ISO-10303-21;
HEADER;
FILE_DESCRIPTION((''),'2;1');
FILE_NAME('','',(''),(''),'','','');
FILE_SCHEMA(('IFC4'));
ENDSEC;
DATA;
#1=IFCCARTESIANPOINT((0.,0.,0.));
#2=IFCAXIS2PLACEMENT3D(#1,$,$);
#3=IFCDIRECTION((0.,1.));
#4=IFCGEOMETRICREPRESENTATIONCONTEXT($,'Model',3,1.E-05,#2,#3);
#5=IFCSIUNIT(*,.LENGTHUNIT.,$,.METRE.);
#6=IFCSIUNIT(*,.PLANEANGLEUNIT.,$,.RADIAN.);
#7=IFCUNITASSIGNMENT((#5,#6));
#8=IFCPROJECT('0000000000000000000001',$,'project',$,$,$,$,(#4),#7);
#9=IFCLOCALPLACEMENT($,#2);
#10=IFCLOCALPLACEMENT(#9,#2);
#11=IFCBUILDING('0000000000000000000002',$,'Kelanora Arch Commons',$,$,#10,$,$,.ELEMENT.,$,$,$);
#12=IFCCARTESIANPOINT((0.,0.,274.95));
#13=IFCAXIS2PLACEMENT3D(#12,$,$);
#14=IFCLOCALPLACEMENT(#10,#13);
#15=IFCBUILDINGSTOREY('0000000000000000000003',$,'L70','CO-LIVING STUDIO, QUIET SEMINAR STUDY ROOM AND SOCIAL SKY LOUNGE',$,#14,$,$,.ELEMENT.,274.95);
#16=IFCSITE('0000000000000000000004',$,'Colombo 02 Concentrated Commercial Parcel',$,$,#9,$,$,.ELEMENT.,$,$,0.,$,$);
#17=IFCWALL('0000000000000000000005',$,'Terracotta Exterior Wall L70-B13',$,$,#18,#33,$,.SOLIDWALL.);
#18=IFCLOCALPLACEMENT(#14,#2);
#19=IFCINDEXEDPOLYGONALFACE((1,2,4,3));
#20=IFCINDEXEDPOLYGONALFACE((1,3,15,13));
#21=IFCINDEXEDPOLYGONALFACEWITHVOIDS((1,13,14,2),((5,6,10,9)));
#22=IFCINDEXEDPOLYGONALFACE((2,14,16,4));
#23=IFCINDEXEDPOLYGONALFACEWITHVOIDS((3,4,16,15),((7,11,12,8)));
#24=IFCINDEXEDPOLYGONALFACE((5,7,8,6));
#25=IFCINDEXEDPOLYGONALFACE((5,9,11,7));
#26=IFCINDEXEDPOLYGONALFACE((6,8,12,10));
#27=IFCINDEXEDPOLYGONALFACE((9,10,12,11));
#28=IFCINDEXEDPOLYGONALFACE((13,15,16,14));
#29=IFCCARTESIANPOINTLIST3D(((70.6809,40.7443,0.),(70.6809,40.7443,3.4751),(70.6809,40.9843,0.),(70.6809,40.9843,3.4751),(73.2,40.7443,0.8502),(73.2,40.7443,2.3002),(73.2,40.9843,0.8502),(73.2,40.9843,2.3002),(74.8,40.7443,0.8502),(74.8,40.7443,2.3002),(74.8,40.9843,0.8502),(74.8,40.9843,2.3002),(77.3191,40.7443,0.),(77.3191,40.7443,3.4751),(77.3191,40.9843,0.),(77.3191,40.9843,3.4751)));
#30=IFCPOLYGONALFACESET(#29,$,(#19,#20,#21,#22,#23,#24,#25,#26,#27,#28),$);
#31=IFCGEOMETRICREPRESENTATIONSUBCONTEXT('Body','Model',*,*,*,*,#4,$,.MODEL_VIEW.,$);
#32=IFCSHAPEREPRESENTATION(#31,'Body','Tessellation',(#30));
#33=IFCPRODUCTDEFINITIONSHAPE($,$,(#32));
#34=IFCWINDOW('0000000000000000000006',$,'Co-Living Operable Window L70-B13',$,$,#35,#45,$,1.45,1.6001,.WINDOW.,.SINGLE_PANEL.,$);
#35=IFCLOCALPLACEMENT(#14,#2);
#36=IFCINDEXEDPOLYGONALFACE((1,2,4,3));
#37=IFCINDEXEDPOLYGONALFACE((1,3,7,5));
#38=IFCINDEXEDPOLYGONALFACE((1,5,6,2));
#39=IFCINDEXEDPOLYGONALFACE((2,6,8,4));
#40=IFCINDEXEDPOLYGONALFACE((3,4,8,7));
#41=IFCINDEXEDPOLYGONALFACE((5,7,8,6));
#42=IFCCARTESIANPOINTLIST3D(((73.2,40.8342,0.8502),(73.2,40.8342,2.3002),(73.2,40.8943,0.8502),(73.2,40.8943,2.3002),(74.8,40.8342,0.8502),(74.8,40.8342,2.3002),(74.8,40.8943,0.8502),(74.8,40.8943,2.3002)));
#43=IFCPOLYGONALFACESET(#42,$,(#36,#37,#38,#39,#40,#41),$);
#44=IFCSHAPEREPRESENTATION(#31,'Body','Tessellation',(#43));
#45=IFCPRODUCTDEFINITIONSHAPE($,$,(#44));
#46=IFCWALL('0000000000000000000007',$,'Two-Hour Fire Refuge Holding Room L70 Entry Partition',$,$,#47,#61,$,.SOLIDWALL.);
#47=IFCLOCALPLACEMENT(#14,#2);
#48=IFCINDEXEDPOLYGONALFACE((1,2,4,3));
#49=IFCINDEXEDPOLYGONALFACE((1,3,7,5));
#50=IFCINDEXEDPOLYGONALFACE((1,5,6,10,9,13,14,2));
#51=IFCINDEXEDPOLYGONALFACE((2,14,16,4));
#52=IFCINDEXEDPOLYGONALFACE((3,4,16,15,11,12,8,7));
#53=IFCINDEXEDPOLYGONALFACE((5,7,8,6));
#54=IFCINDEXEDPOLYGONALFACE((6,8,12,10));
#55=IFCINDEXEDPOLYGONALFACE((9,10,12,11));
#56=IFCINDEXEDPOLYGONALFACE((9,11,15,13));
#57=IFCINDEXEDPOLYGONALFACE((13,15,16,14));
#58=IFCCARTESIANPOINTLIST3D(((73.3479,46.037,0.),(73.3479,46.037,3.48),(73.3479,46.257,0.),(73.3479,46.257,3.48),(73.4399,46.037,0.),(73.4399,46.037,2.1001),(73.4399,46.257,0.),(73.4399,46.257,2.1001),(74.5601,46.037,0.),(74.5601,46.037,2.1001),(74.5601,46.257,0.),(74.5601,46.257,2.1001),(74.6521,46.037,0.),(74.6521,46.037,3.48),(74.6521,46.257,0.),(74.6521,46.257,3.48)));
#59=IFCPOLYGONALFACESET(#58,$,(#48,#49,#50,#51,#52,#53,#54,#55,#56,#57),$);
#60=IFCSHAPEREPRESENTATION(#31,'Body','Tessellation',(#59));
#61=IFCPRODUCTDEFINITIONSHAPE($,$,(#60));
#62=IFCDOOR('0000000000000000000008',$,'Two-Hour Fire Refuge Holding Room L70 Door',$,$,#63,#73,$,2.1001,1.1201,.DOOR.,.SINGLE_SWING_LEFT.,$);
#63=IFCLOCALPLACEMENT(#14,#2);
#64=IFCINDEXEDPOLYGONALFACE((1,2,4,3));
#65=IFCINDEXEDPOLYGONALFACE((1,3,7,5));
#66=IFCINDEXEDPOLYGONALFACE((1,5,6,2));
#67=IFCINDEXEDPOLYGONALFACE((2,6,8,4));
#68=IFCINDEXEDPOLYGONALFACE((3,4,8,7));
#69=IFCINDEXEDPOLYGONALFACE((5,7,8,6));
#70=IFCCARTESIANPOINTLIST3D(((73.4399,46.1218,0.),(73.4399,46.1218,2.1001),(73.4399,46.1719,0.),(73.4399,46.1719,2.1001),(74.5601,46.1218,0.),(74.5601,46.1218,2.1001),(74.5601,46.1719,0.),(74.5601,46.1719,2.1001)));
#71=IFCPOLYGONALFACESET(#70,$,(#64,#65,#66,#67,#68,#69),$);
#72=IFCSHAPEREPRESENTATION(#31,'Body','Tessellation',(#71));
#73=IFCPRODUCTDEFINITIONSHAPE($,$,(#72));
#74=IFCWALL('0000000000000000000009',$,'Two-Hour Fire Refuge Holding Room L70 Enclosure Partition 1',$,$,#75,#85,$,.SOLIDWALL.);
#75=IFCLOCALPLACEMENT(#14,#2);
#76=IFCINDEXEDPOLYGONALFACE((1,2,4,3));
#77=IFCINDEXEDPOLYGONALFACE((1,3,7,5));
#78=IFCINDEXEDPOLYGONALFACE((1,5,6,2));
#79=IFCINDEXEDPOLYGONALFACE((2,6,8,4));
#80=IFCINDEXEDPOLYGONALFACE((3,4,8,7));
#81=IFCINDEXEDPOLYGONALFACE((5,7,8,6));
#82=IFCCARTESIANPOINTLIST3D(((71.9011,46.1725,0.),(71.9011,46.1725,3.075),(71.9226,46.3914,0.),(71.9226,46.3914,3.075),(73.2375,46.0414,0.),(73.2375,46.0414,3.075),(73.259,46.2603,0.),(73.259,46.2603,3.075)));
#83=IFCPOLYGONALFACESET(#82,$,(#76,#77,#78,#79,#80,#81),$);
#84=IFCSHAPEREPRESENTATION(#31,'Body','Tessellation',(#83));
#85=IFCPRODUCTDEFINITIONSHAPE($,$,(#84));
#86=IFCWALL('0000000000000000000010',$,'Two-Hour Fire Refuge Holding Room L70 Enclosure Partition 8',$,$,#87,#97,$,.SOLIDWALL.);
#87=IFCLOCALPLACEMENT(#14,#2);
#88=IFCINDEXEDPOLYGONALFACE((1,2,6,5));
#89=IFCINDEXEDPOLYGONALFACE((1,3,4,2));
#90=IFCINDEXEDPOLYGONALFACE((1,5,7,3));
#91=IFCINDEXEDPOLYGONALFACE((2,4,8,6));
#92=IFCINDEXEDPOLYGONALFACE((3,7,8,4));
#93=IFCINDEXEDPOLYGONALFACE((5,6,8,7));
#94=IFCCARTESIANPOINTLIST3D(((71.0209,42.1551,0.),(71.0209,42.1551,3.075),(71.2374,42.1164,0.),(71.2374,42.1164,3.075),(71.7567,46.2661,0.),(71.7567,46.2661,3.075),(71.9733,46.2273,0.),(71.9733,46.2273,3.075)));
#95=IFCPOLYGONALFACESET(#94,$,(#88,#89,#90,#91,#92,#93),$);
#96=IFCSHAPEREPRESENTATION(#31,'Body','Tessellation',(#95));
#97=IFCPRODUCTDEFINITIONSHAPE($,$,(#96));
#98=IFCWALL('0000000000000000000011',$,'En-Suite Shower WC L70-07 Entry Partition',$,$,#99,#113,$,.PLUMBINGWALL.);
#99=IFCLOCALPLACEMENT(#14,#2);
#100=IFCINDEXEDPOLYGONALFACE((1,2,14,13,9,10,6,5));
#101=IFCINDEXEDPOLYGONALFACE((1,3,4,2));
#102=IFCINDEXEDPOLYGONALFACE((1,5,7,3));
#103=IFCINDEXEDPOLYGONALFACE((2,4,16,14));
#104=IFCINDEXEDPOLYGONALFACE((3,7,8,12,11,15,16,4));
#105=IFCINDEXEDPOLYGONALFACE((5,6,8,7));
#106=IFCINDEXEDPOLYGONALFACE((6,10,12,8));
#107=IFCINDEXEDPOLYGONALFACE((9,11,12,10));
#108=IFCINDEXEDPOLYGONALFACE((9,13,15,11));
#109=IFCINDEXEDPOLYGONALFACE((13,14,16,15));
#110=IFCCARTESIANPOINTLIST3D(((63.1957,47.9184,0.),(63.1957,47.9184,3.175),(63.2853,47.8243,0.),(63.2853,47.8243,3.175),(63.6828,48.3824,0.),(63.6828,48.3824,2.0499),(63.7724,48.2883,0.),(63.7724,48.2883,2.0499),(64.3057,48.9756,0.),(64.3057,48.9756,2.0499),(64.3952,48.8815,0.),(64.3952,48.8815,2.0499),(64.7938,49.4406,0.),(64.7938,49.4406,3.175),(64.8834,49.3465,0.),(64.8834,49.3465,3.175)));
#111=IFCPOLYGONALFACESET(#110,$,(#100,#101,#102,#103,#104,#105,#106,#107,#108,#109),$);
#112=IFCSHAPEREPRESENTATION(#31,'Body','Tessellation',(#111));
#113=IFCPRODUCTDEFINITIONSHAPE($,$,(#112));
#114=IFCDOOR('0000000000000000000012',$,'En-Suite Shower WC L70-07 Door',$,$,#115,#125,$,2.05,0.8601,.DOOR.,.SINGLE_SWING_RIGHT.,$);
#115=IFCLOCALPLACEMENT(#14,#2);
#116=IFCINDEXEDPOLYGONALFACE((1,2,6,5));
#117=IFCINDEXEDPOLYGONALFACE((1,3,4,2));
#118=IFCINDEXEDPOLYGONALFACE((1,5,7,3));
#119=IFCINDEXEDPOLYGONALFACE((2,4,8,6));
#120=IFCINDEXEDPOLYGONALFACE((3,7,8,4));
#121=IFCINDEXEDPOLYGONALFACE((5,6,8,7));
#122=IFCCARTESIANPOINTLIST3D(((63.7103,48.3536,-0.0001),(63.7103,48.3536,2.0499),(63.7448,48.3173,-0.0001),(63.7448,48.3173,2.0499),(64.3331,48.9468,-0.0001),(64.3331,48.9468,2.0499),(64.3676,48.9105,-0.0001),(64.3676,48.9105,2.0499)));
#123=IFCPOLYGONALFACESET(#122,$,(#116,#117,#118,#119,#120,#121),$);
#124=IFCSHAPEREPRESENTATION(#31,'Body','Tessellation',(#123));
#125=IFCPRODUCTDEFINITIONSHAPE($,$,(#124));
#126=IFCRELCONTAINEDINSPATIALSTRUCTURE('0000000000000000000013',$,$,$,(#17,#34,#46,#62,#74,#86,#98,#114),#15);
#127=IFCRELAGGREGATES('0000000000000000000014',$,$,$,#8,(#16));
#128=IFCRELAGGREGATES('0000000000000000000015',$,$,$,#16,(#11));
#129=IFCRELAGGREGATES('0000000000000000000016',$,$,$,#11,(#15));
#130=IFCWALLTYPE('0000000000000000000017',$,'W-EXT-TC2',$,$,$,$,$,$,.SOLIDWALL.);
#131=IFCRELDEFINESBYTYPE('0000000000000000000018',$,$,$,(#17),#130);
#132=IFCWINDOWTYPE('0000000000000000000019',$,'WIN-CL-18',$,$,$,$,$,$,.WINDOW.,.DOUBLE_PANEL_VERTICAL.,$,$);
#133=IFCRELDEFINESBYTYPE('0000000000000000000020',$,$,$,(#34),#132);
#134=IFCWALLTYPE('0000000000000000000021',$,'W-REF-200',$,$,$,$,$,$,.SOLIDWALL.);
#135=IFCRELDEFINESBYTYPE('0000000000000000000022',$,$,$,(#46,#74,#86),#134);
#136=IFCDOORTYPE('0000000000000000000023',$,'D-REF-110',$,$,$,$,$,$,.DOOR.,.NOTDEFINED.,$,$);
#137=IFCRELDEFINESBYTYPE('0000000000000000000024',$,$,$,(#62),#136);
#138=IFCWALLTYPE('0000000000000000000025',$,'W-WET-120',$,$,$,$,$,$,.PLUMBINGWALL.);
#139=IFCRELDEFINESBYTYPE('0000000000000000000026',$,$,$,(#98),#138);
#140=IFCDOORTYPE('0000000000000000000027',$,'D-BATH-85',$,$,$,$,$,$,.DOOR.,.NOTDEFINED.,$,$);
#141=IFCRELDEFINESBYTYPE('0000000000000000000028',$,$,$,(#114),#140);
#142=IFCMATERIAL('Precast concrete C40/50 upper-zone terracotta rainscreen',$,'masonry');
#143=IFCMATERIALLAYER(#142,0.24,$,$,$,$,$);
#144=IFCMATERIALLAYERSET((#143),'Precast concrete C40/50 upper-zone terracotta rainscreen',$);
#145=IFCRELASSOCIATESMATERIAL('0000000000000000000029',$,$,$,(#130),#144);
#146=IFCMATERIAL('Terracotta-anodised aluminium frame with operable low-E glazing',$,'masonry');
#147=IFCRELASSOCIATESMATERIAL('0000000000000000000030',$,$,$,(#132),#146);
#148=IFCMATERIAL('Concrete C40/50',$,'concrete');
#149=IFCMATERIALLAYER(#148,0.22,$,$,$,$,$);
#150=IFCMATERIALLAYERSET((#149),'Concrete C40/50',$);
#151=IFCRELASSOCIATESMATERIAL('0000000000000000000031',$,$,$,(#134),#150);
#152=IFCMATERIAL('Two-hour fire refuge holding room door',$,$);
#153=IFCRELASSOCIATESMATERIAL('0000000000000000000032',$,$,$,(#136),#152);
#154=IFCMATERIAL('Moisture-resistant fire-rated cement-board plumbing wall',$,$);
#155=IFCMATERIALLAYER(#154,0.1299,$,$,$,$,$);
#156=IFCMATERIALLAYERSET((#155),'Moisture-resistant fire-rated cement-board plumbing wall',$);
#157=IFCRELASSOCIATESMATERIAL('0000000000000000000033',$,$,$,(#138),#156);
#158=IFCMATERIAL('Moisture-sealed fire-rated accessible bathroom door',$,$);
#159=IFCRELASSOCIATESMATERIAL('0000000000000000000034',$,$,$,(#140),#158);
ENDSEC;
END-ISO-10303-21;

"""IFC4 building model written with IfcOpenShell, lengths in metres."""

from ifc_helpers import new_model, si_unit, direction, frame, frame_2d, origin, place, context, subcontext, project, spatial, rectangle, extrude, material, layer, layer_set, type_object, element, fill, save


model = new_model("IFC4")

# Units and contexts
model_context = context("Model", 3, precision=1e-05, world=origin(), true_north=direction((0.0, 1.0)))
body_context = subcontext(model_context, "Body", "Model", "MODEL_VIEW")
ifc_project = project(units=[si_unit("LENGTHUNIT", "METRE"), si_unit("PLANEANGLEUNIT", "RADIAN")], contexts=[model_context])

# Site, building, storey
site_placement = place(None, origin())
site = spatial("IfcSite", under=ifc_project, at=site_placement, Name="Colombo 02 Concentrated Commercial Parcel", CompositionType="ELEMENT", RefElevation=0.0)
building_placement = place(site_placement, origin())
building = spatial("IfcBuilding", under=site, at=building_placement, Name="Kelanora Arch Commons", CompositionType="ELEMENT")
storey_placement = place(building_placement, frame((0.0, 0.0, 274.95)))
storey = spatial("IfcBuildingStorey", under=building, at=storey_placement, Name="L70", Description="CO-LIVING STUDIO, QUIET SEMINAR STUDY ROOM AND SOCIAL SKY LOUNGE", CompositionType="ELEMENT", Elevation=274.95)

# Wall, opening, window
ifc_material_1 = material(Name="Precast concrete C40/50 upper-zone terracotta rainscreen", Category="masonry")
ifc_layer_1 = layer(ifc_material_1, 0.24)
ifc_layer_set_1 = layer_set([ifc_layer_1], Name="Precast concrete C40/50 upper-zone terracotta rainscreen")
wall_type_1 = type_object("IfcWallType", Name="W-EXT-TC2", PredefinedType="SOLIDWALL", material=ifc_layer_set_1)
wall_1_placement = place(storey_placement, frame((70.6809, 40.8643, 0.0), z_axis=(0.0, 0.0, 1.0), x_axis=(1.0, 0.0, 0.0)))
wall_1 = element("IfcWall", 1, at=wall_1_placement, inside=storey, type_object=wall_type_1, Name="Terracotta Exterior Wall L70-B13", PredefinedType="SOLIDWALL", context=body_context, shape_type="SweptSolid", body=[
    extrude(rectangle(XDim=6.6382, YDim=0.24, at=frame_2d((3.3191, 0.0))), origin(), (0.0, 0.0, 1.0), 3.4751),
])
opening_1_placement = place(wall_1_placement, frame((2.519, 0.0, 0.8501)))
opening_1 = element("IfcOpeningElement", 2, at=opening_1_placement, cuts=wall_1, PredefinedType="OPENING", context=body_context, shape_type="SweptSolid", body=[
    extrude(rectangle(XDim=1.6001, YDim=1.45, at=frame_2d((0.8, 0.7251))), frame((0.0, 0.1299, 0.0), z_axis=(0.0, -1.0, 0.0), x_axis=(1.0, 0.0, 0.0)), (0.0, 0.0, 1.0), 0.26),
])
ifc_material_2 = material(Name="Terracotta-anodised aluminium frame with operable low-E glazing", Category="masonry")
window_type = type_object("IfcWindowType", Name="WIN-CL-18", PartitioningType="DOUBLE_PANEL_VERTICAL", PredefinedType="WINDOW", material=ifc_material_2)
window_placement = place(opening_1_placement, origin())
window = element("IfcWindow", 3, at=window_placement, inside=storey, type_object=window_type, Name="Co-Living Operable Window L70-B13", OverallHeight=1.45, OverallWidth=1.6001, PartitioningType="SINGLE_PANEL", PredefinedType="WINDOW", context=body_context, shape_type="SweptSolid", body=[
    extrude(rectangle(XDim=1.6001, YDim=1.45, at=frame_2d((0.8, 0.7251))), frame((0.0, 0.03, 0.0), z_axis=(0.0, -1.0, 0.0), x_axis=(1.0, 0.0, 0.0)), (0.0, 0.0, 1.0), 0.0601),
])
fill(opening_1, window)

# Wall, opening, door
ifc_material_3 = material(Name="Concrete C40/50", Category="concrete")
ifc_layer_2 = layer(ifc_material_3, 0.22)
ifc_layer_set_2 = layer_set([ifc_layer_2], Name="Concrete C40/50")
wall_type_2 = type_object("IfcWallType", Name="W-REF-200", PredefinedType="SOLIDWALL", material=ifc_layer_set_2)
wall_2_placement = place(storey_placement, frame((73.3479, 46.147, 0.0), z_axis=(0.0, 0.0, 1.0), x_axis=(1.0, 0.0, 0.0)))
wall_2 = element("IfcWall", 4, at=wall_2_placement, inside=storey, type_object=wall_type_2, Name="Two-Hour Fire Refuge Holding Room L70 Entry Partition", PredefinedType="SOLIDWALL", context=body_context, shape_type="SweptSolid", body=[
    extrude(rectangle(XDim=1.3042, YDim=0.22, at=frame_2d((0.6521, 0.0))), origin(), (0.0, 0.0, 1.0), 3.48),
])
opening_2_placement = place(wall_2_placement, frame((0.092, 0.0, 0.0)))
opening_2 = element("IfcOpeningElement", 5, at=opening_2_placement, cuts=wall_2, PredefinedType="OPENING", context=body_context, shape_type="SweptSolid", body=[
    extrude(rectangle(XDim=1.1201, YDim=2.1001, at=frame_2d((0.5601, 1.05))), frame((0.0, 0.1201, 0.0), z_axis=(0.0, -1.0, 0.0), x_axis=(1.0, 0.0, 0.0)), (0.0, 0.0, 1.0), 0.24),
])
ifc_material_4 = material(Name="Two-hour fire refuge holding room door")
door_type_1 = type_object("IfcDoorType", Name="D-REF-110", OperationType="NOTDEFINED", PredefinedType="DOOR", material=ifc_material_4)
door_1_placement = place(opening_2_placement, origin())
door_1 = element("IfcDoor", 6, at=door_1_placement, inside=storey, type_object=door_type_1, Name="Two-Hour Fire Refuge Holding Room L70 Door", OperationType="SINGLE_SWING_LEFT", OverallHeight=2.1001, OverallWidth=1.1201, PredefinedType="DOOR", context=body_context, shape_type="SweptSolid", body=[
    extrude(rectangle(XDim=1.1201, YDim=2.1001, at=frame_2d((0.5601, 1.05))), frame((0.0, 0.0249, 0.0), z_axis=(0.0, -1.0, 0.0), x_axis=(1.0, 0.0, 0.0)), (0.0, 0.0, 1.0), 0.05),
])
fill(opening_2, door_1)

# Walls
wall_3_placement = place(storey_placement, frame((71.9119, 46.282, 0.0), z_axis=(0.0, 0.0, 1.0), x_axis=(0.995223, -0.097631, 0.0)))
element("IfcWall", 7, at=wall_3_placement, inside=storey, type_object=wall_type_2, Name="Two-Hour Fire Refuge Holding Room L70 Enclosure Partition 1", PredefinedType="SOLIDWALL", context=body_context, shape_type="SweptSolid", body=[
    extrude(rectangle(XDim=1.3428, YDim=0.22, at=frame_2d((0.6714, 0.0))), origin(), (0.0, 0.0, 1.0), 3.075),
])
wall_4_placement = place(storey_placement, frame((71.1292, 42.1357, 0.0), z_axis=(0.0, 0.0, 1.0), x_axis=(0.176199, 0.984355, 0.0)))
element("IfcWall", 8, at=wall_4_placement, inside=storey, type_object=wall_type_2, Name="Two-Hour Fire Refuge Holding Room L70 Enclosure Partition 8", PredefinedType="SOLIDWALL", context=body_context, shape_type="SweptSolid", body=[
    extrude(rectangle(XDim=4.1763, YDim=0.22, at=frame_2d((2.0881, 0.0))), origin(), (0.0, 0.0, 1.0), 3.075),
])

# Wall, opening, door
ifc_material_5 = material(Name="Moisture-resistant fire-rated cement-board plumbing wall")
ifc_layer_3 = layer(ifc_material_5, 0.1299)
ifc_layer_set_3 = layer_set([ifc_layer_3], Name="Moisture-resistant fire-rated cement-board plumbing wall")
wall_type_3 = type_object("IfcWallType", Name="W-WET-120", PredefinedType="PLUMBINGWALL", material=ifc_layer_set_3)
wall_5_placement = place(storey_placement, frame((64.8386, 49.3936, 0.0), z_axis=(0.0, 0.0, 1.0), x_axis=(-0.724098, -0.689697, 0.0)))
wall_5 = element("IfcWall", 9, at=wall_5_placement, inside=storey, type_object=wall_type_3, Name="En-Suite Shower WC L70-07 Entry Partition", PredefinedType="PLUMBINGWALL", context=body_context, shape_type="SweptSolid", body=[
    extrude(rectangle(XDim=2.207, YDim=0.1299, at=frame_2d((1.1035, 0.0))), origin(), (0.0, 0.0, 1.0), 3.175),
])
opening_3_placement = place(wall_5_placement, frame((0.6741, 0.0, 0.0)))
opening_3 = element("IfcOpeningElement", 10, at=opening_3_placement, cuts=wall_5, PredefinedType="OPENING", context=body_context, shape_type="SweptSolid", body=[
    extrude(rectangle(XDim=0.8601, YDim=2.05, at=frame_2d((0.4302, 1.0249))), frame((0.0, 0.075, 0.0), z_axis=(0.0, -1.0, 0.0), x_axis=(1.0, 0.0, 0.0)), (0.0, 0.0, 1.0), 0.1499),
])
ifc_material_6 = material(Name="Moisture-sealed fire-rated accessible bathroom door")
door_type_2 = type_object("IfcDoorType", Name="D-BATH-85", OperationType="NOTDEFINED", PredefinedType="DOOR", material=ifc_material_6)
door_2_placement = place(opening_3_placement, origin())
door_2 = element("IfcDoor", 11, at=door_2_placement, inside=storey, type_object=door_type_2, Name="En-Suite Shower WC L70-07 Door", OperationType="SINGLE_SWING_RIGHT", OverallHeight=2.05, OverallWidth=0.8601, PredefinedType="DOOR", context=body_context, shape_type="SweptSolid", body=[
    extrude(rectangle(XDim=0.8601, YDim=2.05, at=frame_2d((0.4302, 1.0249))), frame((0.0, 0.0249, 0.0), z_axis=(0.0, -1.0, 0.0), x_axis=(1.0, 0.0, 0.0)), (0.0, 0.0, 1.0), 0.05),
])
fill(opening_3, door_2)

save(model, "model.ifc")
